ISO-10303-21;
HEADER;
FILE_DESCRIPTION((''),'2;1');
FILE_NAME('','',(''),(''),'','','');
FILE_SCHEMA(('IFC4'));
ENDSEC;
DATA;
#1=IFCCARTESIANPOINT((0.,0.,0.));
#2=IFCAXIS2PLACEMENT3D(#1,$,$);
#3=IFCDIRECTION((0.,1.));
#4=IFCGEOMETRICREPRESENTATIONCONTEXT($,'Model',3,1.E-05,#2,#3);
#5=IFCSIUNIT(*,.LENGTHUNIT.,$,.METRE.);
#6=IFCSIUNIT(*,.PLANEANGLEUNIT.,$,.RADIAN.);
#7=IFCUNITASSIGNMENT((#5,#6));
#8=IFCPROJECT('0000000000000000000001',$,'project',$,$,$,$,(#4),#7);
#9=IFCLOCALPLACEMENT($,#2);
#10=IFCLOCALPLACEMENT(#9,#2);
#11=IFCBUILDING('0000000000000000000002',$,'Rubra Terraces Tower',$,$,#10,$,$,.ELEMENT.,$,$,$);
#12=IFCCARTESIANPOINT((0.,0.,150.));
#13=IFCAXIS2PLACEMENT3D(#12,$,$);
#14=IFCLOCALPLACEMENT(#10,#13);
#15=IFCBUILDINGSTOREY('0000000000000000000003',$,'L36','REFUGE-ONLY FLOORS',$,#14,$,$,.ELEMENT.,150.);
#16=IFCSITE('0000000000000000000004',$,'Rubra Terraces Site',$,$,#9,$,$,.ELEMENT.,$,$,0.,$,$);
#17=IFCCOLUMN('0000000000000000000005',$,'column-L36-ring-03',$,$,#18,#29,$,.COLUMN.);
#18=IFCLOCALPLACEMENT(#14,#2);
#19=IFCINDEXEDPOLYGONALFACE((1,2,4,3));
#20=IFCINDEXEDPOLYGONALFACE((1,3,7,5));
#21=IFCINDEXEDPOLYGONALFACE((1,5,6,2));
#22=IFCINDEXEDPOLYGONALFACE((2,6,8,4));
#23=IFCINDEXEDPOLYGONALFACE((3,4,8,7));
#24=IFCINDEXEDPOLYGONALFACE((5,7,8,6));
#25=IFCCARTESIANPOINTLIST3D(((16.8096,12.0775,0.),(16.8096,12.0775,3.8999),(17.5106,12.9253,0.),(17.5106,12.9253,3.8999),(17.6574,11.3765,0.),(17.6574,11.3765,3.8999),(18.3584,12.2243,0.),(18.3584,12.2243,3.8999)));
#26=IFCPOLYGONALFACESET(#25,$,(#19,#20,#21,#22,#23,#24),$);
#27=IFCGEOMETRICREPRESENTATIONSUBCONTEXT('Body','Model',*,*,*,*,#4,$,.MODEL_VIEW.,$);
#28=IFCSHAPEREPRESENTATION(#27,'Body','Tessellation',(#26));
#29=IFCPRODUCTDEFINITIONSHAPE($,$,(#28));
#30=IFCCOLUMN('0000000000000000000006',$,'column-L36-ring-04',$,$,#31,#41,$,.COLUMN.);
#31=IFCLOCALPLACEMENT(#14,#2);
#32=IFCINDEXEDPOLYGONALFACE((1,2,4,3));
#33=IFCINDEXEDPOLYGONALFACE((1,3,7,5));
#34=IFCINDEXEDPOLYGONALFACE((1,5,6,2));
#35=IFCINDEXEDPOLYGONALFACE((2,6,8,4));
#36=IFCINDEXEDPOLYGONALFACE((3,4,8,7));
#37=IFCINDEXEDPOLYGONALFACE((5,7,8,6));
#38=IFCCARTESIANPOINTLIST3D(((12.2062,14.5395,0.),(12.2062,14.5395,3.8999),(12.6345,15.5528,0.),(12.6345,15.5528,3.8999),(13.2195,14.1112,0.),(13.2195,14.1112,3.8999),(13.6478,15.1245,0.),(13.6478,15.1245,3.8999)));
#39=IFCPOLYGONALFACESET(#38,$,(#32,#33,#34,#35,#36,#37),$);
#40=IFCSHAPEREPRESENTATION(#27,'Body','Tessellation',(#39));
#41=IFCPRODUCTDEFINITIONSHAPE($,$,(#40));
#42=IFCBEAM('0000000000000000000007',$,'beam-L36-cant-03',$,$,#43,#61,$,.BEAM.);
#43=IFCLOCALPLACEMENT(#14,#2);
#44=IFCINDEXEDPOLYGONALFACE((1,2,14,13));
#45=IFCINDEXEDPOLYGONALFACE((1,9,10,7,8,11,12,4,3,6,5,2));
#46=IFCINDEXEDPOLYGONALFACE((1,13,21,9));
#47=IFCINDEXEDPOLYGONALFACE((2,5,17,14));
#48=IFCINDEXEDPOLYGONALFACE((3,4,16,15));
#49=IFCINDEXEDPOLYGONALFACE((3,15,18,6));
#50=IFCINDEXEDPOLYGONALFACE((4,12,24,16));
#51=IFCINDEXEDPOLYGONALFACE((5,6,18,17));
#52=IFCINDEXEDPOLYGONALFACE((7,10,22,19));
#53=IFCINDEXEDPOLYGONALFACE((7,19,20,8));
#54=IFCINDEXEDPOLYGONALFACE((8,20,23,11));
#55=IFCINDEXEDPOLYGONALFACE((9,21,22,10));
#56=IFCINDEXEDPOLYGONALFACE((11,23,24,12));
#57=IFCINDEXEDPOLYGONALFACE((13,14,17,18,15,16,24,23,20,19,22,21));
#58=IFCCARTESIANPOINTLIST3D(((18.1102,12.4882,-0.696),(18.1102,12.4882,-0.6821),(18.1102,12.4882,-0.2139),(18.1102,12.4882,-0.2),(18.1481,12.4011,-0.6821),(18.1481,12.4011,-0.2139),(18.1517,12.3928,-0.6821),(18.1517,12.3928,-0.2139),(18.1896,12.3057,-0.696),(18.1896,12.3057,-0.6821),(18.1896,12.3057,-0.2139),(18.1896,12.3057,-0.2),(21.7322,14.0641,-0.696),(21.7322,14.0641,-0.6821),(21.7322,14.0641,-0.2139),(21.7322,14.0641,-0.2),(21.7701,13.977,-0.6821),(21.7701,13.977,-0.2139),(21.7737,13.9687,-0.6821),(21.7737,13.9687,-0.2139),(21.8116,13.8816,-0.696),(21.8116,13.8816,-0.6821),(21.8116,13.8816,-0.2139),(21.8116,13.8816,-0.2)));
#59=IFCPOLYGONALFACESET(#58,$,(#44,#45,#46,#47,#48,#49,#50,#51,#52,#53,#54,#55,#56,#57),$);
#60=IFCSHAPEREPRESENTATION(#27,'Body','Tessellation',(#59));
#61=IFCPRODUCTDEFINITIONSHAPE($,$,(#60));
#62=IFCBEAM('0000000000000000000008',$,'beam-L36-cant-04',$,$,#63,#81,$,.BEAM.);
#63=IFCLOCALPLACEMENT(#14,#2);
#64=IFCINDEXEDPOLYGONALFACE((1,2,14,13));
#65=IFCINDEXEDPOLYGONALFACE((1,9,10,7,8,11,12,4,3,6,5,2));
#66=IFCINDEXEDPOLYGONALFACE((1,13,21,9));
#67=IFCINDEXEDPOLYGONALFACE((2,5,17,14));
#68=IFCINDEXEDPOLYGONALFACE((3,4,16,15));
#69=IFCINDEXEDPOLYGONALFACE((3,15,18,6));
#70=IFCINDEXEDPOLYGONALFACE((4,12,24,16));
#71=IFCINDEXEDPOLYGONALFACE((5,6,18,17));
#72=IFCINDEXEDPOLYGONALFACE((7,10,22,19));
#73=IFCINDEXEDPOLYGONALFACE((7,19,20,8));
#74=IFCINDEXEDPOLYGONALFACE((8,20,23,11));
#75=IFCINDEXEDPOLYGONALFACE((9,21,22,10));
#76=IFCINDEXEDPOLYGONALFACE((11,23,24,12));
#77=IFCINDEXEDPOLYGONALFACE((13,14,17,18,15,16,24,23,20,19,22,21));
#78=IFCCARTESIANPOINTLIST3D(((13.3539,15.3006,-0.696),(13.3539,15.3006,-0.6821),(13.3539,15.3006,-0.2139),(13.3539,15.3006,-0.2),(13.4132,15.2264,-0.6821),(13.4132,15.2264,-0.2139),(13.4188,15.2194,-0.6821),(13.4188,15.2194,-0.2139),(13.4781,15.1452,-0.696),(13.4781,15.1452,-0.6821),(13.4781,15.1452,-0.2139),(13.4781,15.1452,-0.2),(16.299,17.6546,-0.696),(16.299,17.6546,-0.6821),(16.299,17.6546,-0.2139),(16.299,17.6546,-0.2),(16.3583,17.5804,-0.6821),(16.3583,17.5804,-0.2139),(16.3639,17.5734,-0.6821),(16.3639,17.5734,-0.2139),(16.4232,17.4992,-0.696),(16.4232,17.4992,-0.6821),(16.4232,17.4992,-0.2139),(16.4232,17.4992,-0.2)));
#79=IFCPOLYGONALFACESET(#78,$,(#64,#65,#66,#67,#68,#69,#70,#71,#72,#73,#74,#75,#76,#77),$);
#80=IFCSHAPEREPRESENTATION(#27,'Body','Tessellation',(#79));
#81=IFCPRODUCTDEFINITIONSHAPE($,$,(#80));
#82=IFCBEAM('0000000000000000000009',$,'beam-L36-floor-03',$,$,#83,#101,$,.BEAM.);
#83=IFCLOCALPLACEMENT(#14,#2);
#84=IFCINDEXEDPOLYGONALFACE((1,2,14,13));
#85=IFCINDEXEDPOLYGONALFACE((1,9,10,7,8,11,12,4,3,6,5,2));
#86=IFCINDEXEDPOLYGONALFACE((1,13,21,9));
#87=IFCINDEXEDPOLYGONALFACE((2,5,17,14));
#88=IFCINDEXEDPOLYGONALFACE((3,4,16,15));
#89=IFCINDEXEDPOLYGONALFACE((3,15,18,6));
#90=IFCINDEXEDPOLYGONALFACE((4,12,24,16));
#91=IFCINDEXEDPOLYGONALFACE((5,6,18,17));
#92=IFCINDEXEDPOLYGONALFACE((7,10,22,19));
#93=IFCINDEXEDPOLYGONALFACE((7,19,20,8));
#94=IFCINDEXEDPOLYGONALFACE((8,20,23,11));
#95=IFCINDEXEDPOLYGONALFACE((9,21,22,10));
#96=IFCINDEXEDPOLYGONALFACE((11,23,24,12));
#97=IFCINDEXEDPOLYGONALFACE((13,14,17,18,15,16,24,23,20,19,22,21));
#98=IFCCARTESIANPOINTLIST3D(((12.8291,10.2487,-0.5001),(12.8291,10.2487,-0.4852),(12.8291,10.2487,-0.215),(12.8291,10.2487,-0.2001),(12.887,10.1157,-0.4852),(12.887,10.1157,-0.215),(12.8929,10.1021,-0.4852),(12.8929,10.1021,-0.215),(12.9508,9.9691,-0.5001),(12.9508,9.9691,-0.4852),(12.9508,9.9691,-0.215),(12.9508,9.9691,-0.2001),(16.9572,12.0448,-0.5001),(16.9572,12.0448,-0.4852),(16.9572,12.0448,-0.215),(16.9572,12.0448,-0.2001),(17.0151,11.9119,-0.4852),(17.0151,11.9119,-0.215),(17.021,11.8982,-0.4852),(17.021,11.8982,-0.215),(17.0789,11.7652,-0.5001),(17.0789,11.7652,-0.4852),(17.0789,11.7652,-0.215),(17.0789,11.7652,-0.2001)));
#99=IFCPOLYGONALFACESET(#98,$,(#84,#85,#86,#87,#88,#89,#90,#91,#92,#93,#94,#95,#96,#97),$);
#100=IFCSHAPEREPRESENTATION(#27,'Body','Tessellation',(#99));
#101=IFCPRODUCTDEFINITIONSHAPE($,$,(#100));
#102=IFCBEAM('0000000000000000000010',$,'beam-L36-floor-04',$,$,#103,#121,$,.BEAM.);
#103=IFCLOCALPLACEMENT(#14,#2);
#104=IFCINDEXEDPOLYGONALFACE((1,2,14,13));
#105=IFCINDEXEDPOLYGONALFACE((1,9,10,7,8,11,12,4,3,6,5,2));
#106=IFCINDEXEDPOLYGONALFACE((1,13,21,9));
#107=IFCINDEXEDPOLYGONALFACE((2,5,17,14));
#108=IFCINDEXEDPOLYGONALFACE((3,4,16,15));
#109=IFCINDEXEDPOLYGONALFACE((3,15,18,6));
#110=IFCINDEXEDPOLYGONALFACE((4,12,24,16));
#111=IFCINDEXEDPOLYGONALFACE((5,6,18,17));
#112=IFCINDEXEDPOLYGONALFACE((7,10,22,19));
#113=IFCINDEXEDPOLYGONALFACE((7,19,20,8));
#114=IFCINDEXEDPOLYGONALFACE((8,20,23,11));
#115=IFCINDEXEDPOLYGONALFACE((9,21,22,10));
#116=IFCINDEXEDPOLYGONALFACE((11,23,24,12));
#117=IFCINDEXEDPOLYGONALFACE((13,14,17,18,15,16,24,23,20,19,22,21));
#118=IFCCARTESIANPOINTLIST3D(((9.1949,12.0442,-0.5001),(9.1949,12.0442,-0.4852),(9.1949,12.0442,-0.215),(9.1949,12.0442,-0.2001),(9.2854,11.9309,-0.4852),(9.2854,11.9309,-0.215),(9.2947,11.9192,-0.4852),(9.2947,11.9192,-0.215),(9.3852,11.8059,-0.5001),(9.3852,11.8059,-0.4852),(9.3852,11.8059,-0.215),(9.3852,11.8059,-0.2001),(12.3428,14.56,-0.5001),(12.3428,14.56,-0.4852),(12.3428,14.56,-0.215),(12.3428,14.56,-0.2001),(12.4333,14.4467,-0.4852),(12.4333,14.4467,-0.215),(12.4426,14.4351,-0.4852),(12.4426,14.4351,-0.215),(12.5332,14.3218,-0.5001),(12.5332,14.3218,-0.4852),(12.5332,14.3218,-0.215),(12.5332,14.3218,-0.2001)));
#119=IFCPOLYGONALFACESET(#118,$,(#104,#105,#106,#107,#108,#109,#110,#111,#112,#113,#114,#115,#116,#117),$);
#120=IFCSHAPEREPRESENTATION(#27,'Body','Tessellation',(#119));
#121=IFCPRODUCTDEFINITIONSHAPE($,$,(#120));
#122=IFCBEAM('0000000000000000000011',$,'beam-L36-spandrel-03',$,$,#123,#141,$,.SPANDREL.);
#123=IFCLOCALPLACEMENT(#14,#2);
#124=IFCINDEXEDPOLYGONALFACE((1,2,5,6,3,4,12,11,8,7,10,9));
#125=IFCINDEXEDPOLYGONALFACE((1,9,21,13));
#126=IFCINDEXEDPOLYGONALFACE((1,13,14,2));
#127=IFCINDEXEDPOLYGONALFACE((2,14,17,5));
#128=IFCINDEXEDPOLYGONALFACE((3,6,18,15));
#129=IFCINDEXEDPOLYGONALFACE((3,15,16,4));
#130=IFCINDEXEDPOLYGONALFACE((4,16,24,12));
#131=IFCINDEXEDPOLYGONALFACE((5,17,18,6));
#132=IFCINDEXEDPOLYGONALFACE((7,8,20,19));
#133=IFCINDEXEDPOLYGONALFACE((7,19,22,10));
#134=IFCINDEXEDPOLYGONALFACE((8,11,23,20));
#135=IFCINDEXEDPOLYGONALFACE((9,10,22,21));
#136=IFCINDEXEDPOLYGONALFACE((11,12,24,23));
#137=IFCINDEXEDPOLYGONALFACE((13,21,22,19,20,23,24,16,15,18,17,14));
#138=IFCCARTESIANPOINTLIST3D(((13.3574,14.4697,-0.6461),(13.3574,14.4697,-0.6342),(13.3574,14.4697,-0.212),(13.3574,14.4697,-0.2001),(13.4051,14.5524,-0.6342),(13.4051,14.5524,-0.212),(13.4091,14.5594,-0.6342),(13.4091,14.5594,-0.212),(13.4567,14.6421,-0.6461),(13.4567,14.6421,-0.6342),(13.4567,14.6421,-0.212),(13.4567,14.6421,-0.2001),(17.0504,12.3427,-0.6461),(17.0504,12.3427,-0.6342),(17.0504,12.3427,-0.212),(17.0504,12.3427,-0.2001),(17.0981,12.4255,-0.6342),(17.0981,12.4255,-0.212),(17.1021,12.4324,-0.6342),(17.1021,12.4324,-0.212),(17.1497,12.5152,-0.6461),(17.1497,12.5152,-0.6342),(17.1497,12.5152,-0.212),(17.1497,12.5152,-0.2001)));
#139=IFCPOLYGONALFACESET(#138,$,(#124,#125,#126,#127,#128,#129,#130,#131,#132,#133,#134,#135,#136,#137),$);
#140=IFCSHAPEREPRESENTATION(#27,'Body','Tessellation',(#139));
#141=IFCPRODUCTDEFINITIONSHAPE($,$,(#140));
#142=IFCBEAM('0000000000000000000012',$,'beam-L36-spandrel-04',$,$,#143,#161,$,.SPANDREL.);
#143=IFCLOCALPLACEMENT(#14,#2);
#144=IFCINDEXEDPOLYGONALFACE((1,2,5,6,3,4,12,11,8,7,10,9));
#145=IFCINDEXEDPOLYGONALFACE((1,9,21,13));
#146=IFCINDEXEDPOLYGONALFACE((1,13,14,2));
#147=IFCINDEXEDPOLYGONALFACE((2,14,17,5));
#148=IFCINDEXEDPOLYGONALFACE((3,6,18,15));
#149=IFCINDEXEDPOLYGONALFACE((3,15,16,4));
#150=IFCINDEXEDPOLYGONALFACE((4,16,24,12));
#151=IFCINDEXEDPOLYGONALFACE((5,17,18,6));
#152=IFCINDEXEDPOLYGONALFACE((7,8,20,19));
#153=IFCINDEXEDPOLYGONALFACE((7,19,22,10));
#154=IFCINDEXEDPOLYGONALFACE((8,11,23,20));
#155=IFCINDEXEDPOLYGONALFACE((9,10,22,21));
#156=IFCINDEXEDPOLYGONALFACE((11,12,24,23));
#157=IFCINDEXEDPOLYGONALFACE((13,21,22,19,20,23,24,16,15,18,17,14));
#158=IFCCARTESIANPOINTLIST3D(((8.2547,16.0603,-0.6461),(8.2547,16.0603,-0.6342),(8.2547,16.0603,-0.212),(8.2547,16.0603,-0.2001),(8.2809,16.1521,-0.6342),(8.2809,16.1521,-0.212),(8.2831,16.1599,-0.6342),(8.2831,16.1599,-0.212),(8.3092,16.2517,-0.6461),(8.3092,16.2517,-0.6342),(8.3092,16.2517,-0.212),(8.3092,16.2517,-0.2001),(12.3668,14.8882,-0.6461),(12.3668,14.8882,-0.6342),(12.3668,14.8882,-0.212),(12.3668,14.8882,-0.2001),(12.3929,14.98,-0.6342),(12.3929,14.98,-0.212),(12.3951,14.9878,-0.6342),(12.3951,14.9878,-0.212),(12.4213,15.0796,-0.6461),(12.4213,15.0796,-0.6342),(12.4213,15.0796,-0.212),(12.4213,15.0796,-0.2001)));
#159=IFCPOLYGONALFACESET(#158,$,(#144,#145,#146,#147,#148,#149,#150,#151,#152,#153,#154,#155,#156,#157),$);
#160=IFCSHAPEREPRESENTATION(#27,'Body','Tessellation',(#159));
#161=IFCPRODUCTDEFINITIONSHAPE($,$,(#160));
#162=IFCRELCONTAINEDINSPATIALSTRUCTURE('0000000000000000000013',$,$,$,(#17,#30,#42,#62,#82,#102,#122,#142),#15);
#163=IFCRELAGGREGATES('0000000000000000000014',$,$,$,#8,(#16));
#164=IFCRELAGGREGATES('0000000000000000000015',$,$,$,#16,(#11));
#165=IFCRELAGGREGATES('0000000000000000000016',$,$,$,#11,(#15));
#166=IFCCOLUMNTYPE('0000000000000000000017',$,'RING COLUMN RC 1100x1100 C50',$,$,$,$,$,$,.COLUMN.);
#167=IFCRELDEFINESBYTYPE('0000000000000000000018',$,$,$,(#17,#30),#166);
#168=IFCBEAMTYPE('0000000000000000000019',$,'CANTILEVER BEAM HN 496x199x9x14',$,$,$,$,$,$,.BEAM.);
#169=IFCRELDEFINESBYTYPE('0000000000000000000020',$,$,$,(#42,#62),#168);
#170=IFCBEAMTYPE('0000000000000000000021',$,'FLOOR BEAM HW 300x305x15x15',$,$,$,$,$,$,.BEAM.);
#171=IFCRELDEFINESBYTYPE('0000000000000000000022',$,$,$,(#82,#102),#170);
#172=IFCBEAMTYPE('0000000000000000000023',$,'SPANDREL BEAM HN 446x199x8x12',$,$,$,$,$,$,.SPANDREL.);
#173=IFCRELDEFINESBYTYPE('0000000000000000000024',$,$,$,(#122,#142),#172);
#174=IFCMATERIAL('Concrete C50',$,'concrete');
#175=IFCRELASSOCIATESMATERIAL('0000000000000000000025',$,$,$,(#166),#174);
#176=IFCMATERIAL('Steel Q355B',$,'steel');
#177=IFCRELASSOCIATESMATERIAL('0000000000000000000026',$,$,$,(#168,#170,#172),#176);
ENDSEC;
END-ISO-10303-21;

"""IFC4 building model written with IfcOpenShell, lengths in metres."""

from ifc_helpers import new_model, si_unit, direction, frame, origin, origin_2d, place, context, subcontext, project, spatial, rectangle, i_section, extrude, material, material_profile, profile_set, type_object, element, save


model = new_model("IFC4")

# Units and contexts
model_context = context("Model", 3, precision=1e-05, world=origin(), true_north=direction((0.0, 1.0)))
body_context = subcontext(model_context, "Body", "Model", "MODEL_VIEW")
ifc_project = project(units=[si_unit("LENGTHUNIT", "METRE"), si_unit("PLANEANGLEUNIT", "RADIAN")], contexts=[model_context])

# Site, building, storey
site_placement = place(None, origin())
site = spatial("IfcSite", under=ifc_project, at=site_placement, Name="Rubra Terraces Site", CompositionType="ELEMENT", RefElevation=0.0)
building_placement = place(site_placement, origin())
building = spatial("IfcBuilding", under=site, at=building_placement, Name="Rubra Terraces Tower", CompositionType="ELEMENT")
storey_placement = place(building_placement, frame((0.0, 0.0, 150.0)))
storey = spatial("IfcBuildingStorey", under=building, at=storey_placement, Name="L36", Description="REFUGE-ONLY FLOORS", CompositionType="ELEMENT", Elevation=150.0)

# Columns
ifc_material_1 = material(Name="Concrete C50", Category="concrete")
ifc_material_profile_1 = material_profile(ifc_material_1, rectangle(XDim=1.1001, YDim=1.1001, at=origin_2d()), Name="RC 1100x1100")
ifc_profile_set_1 = profile_set([ifc_material_profile_1], Name="Concrete C50")
column_type = type_object("IfcColumnType", Name="RING COLUMN RC 1100x1100 C50", PredefinedType="COLUMN", material=ifc_profile_set_1)
for number, where, z_axis, x_axis, name in (
    (1, (17.584, 12.1509, 0.0), (0.0, 0.0, 1.0), (-0.770679, 0.637223, 0.0), "column-L36-ring-03"),
    (2, (12.927, 14.832, 0.0), (0.0, 0.0, 1.0), (-0.921106, 0.389313, 0.0), "column-L36-ring-04"),
):
    element("IfcColumn", number, at=place(storey_placement, frame(where, z_axis=z_axis, x_axis=x_axis)), inside=storey, type_object=column_type, Name=name, PredefinedType="COLUMN", context=body_context, shape_type="SweptSolid", body=[
        extrude(rectangle(XDim=1.1001, YDim=1.1001, at=origin_2d()), origin(), (0.0, 0.0, 1.0), 3.8999),
    ])

# Beams
ifc_material_2 = material(Name="Steel Q355B", Category="steel")
ifc_material_profile_2 = material_profile(ifc_material_2, i_section(OverallWidth=0.199, OverallDepth=0.4961, WebThickness=0.009, FlangeThickness=0.0139, at=origin_2d()), Name="HN 496x199x9x14")
ifc_profile_set_2 = profile_set([ifc_material_profile_2], Name="Steel Q355B")
beam_type_1 = type_object("IfcBeamType", Name="CANTILEVER BEAM HN 496x199x9x14", PredefinedType="BEAM", material=ifc_profile_set_2)
beam_1_placement = place(storey_placement, frame((18.1499, 12.397, -0.448), z_axis=(0.916967, 0.398963, 0.0), x_axis=(-0.398963, 0.916967, 0.0)))
element("IfcBeam", 3, at=beam_1_placement, inside=storey, type_object=beam_type_1, Name="beam-L36-cant-03", PredefinedType="BEAM", context=body_context, shape_type="SweptSolid", body=[
    extrude(i_section(OverallWidth=0.199, OverallDepth=0.4961, WebThickness=0.009, FlangeThickness=0.0139, at=origin_2d()), origin(), (0.0, 0.0, 1.0), 3.95),
])
beam_2_placement = place(storey_placement, frame((13.416, 15.2229, -0.448), z_axis=(0.781134, 0.624363, 0.0), x_axis=(-0.624363, 0.781134, 0.0)))
element("IfcBeam", 4, at=beam_2_placement, inside=storey, type_object=beam_type_1, Name="beam-L36-cant-04", PredefinedType="BEAM", context=body_context, shape_type="SweptSolid", body=[
    extrude(i_section(OverallWidth=0.199, OverallDepth=0.4961, WebThickness=0.009, FlangeThickness=0.0139, at=origin_2d()), origin(), (0.0, 0.0, 1.0), 3.7703),
])
ifc_material_profile_3 = material_profile(ifc_material_2, i_section(OverallWidth=0.3049, OverallDepth=0.3, WebThickness=0.0149, FlangeThickness=0.0149, at=origin_2d()), Name="HW 300x305x15x15")
ifc_profile_set_3 = profile_set([ifc_material_profile_3], Name="Steel Q355B")
beam_type_2 = type_object("IfcBeamType", Name="FLOOR BEAM HW 300x305x15x15", PredefinedType="BEAM", material=ifc_profile_set_3)
beam_3_placement = place(storey_placement, frame((17.0181, 11.905, -0.3501), z_axis=(-0.916966, -0.398966, 0.0), x_axis=(0.398966, -0.916966, 0.0)))
element("IfcBeam", 5, at=beam_3_placement, inside=storey, type_object=beam_type_2, Name="beam-L36-floor-03", PredefinedType="BEAM", context=body_context, shape_type="SweptSolid", body=[
    extrude(i_section(OverallWidth=0.3049, OverallDepth=0.3, WebThickness=0.0149, FlangeThickness=0.0149, at=origin_2d()), origin(), (0.0, 0.0, 1.0), 4.502),
])
beam_4_placement = place(storey_placement, frame((12.438, 14.4409, -0.3501), z_axis=(-0.78117, -0.624318, 0.0), x_axis=(0.624318, -0.78117, 0.0)))
element("IfcBeam", 6, at=beam_4_placement, inside=storey, type_object=beam_type_2, Name="beam-L36-floor-04", PredefinedType="BEAM", context=body_context, shape_type="SweptSolid", body=[
    extrude(i_section(OverallWidth=0.3049, OverallDepth=0.3, WebThickness=0.0149, FlangeThickness=0.0149, at=origin_2d()), origin(), (0.0, 0.0, 1.0), 4.0298),
])
ifc_material_profile_4 = material_profile(ifc_material_2, i_section(OverallWidth=0.199, OverallDepth=0.446, WebThickness=0.0081, FlangeThickness=0.012, at=origin_2d()), Name="HN 446x199x8x12")
ifc_profile_set_4 = profile_set([ifc_material_profile_4], Name="Steel Q355B")
beam_type_3 = type_object("IfcBeamType", Name="SPANDREL BEAM HN 446x199x8x12", PredefinedType="SPANDREL", material=ifc_profile_set_4)
beam_5_placement = place(storey_placement, frame((17.1001, 12.429, -0.4231), z_axis=(-0.86656, 0.499073, 0.0), x_axis=(-0.499073, -0.86656, 0.0)))
element("IfcBeam", 7, at=beam_5_placement, inside=storey, type_object=beam_type_3, Name="beam-L36-spandrel-03", PredefinedType="SPANDREL", context=body_context, shape_type="SweptSolid", body=[
    extrude(i_section(OverallWidth=0.199, OverallDepth=0.446, WebThickness=0.0081, FlangeThickness=0.012, at=origin_2d()), origin(), (0.0, 0.0, 1.0), 4.2617),
])
beam_6_placement = place(storey_placement, frame((12.394, 14.9839, -0.4231), z_axis=(-0.961694, 0.274125, 0.0), x_axis=(-0.274125, -0.961694, 0.0)))
element("IfcBeam", 8, at=beam_6_placement, inside=storey, type_object=beam_type_3, Name="beam-L36-spandrel-04", PredefinedType="SPANDREL", context=body_context, shape_type="SweptSolid", body=[
    extrude(i_section(OverallWidth=0.199, OverallDepth=0.446, WebThickness=0.0081, FlangeThickness=0.012, at=origin_2d()), origin(), (0.0, 0.0, 1.0), 4.2759),
])

save(model, "model.ifc")
